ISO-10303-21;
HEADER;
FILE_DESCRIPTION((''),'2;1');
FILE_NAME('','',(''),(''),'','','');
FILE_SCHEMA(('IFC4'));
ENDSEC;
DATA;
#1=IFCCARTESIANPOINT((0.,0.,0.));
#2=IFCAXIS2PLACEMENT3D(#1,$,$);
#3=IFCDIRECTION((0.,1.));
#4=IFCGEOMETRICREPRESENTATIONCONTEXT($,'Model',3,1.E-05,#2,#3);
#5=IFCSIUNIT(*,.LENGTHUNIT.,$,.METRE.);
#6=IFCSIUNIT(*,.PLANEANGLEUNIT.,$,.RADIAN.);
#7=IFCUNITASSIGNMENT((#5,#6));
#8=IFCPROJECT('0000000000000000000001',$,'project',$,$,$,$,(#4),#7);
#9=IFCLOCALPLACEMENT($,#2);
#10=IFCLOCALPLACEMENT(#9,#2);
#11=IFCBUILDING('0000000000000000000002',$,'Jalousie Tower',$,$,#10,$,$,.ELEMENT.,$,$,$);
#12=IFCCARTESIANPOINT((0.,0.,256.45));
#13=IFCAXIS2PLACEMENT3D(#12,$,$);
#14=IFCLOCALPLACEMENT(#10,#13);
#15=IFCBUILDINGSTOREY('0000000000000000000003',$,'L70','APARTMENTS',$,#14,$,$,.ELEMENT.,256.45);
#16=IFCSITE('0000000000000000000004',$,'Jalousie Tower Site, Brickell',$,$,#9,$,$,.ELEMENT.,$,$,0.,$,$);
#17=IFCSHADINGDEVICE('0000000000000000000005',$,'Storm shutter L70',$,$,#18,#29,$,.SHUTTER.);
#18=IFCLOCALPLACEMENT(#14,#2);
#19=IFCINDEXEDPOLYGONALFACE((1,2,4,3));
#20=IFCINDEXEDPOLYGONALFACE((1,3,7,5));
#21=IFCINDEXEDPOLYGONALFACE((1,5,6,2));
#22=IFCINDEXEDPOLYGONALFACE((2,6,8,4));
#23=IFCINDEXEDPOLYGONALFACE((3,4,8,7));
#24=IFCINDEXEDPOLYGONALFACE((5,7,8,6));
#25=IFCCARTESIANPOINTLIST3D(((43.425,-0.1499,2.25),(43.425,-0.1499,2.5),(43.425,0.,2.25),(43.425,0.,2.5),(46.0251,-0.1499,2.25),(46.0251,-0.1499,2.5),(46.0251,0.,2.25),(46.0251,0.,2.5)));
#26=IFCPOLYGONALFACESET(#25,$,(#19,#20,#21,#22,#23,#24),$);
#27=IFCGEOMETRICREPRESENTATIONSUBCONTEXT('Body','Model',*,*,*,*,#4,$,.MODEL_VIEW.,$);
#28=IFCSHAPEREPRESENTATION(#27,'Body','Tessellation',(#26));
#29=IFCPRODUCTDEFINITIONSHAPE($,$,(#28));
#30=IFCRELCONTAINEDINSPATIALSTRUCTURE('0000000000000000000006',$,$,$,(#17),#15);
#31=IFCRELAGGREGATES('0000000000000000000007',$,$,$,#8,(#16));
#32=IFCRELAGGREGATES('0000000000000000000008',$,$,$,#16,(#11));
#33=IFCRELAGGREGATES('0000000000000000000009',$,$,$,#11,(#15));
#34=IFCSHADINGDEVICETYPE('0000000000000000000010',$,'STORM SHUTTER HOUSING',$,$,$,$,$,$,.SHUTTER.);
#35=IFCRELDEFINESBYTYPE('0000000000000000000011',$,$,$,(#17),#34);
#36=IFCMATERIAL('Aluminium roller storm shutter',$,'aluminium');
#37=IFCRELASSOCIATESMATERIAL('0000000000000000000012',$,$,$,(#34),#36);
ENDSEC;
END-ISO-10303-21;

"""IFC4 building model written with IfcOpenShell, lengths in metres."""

from ifc_helpers import new_model, si_unit, direction, frame, origin, origin_2d, place, context, subcontext, project, spatial, rectangle, extrude, material, type_object, element, save


model = new_model("IFC4")

# Units and contexts
model_context = context("Model", 3, precision=1e-05, world=origin(), true_north=direction((0.0, 1.0)))
body_context = subcontext(model_context, "Body", "Model", "MODEL_VIEW")
ifc_project = project(units=[si_unit("LENGTHUNIT", "METRE"), si_unit("PLANEANGLEUNIT", "RADIAN")], contexts=[model_context])

# Site, building, storey
site_placement = place(None, origin())
site = spatial("IfcSite", under=ifc_project, at=site_placement, Name="Jalousie Tower Site, Brickell", CompositionType="ELEMENT", RefElevation=0.0)
building_placement = place(site_placement, origin())
building = spatial("IfcBuilding", under=site, at=building_placement, Name="Jalousie Tower", CompositionType="ELEMENT")
storey_placement = place(building_placement, frame((0.0, 0.0, 256.45)))
storey = spatial("IfcBuildingStorey", under=building, at=storey_placement, Name="L70", Description="APARTMENTS", CompositionType="ELEMENT", Elevation=256.45)

# Shading device
ifc_material_1 = material(Name="Aluminium roller storm shutter", Category="aluminium")
shading_device_type_1 = type_object("IfcShadingDeviceType", Name="STORM SHUTTER HOUSING", PredefinedType="SHUTTER", material=ifc_material_1)
shading_device_1_placement = place(storey_placement, frame((44.7251, -0.075, 2.25), z_axis=(0.0, 0.0, 1.0), x_axis=(1.0, 0.0, 0.0)))
element("IfcShadingDevice", 1, at=shading_device_1_placement, inside=storey, type_object=shading_device_type_1, Name="Storm shutter L70", PredefinedType="SHUTTER", context=body_context, shape_type="SweptSolid", body=[
    extrude(rectangle(XDim=2.6001, YDim=0.1499, at=origin_2d()), origin(), (0.0, 0.0, 1.0), 0.25),
])

save(model, "model.ifc")
